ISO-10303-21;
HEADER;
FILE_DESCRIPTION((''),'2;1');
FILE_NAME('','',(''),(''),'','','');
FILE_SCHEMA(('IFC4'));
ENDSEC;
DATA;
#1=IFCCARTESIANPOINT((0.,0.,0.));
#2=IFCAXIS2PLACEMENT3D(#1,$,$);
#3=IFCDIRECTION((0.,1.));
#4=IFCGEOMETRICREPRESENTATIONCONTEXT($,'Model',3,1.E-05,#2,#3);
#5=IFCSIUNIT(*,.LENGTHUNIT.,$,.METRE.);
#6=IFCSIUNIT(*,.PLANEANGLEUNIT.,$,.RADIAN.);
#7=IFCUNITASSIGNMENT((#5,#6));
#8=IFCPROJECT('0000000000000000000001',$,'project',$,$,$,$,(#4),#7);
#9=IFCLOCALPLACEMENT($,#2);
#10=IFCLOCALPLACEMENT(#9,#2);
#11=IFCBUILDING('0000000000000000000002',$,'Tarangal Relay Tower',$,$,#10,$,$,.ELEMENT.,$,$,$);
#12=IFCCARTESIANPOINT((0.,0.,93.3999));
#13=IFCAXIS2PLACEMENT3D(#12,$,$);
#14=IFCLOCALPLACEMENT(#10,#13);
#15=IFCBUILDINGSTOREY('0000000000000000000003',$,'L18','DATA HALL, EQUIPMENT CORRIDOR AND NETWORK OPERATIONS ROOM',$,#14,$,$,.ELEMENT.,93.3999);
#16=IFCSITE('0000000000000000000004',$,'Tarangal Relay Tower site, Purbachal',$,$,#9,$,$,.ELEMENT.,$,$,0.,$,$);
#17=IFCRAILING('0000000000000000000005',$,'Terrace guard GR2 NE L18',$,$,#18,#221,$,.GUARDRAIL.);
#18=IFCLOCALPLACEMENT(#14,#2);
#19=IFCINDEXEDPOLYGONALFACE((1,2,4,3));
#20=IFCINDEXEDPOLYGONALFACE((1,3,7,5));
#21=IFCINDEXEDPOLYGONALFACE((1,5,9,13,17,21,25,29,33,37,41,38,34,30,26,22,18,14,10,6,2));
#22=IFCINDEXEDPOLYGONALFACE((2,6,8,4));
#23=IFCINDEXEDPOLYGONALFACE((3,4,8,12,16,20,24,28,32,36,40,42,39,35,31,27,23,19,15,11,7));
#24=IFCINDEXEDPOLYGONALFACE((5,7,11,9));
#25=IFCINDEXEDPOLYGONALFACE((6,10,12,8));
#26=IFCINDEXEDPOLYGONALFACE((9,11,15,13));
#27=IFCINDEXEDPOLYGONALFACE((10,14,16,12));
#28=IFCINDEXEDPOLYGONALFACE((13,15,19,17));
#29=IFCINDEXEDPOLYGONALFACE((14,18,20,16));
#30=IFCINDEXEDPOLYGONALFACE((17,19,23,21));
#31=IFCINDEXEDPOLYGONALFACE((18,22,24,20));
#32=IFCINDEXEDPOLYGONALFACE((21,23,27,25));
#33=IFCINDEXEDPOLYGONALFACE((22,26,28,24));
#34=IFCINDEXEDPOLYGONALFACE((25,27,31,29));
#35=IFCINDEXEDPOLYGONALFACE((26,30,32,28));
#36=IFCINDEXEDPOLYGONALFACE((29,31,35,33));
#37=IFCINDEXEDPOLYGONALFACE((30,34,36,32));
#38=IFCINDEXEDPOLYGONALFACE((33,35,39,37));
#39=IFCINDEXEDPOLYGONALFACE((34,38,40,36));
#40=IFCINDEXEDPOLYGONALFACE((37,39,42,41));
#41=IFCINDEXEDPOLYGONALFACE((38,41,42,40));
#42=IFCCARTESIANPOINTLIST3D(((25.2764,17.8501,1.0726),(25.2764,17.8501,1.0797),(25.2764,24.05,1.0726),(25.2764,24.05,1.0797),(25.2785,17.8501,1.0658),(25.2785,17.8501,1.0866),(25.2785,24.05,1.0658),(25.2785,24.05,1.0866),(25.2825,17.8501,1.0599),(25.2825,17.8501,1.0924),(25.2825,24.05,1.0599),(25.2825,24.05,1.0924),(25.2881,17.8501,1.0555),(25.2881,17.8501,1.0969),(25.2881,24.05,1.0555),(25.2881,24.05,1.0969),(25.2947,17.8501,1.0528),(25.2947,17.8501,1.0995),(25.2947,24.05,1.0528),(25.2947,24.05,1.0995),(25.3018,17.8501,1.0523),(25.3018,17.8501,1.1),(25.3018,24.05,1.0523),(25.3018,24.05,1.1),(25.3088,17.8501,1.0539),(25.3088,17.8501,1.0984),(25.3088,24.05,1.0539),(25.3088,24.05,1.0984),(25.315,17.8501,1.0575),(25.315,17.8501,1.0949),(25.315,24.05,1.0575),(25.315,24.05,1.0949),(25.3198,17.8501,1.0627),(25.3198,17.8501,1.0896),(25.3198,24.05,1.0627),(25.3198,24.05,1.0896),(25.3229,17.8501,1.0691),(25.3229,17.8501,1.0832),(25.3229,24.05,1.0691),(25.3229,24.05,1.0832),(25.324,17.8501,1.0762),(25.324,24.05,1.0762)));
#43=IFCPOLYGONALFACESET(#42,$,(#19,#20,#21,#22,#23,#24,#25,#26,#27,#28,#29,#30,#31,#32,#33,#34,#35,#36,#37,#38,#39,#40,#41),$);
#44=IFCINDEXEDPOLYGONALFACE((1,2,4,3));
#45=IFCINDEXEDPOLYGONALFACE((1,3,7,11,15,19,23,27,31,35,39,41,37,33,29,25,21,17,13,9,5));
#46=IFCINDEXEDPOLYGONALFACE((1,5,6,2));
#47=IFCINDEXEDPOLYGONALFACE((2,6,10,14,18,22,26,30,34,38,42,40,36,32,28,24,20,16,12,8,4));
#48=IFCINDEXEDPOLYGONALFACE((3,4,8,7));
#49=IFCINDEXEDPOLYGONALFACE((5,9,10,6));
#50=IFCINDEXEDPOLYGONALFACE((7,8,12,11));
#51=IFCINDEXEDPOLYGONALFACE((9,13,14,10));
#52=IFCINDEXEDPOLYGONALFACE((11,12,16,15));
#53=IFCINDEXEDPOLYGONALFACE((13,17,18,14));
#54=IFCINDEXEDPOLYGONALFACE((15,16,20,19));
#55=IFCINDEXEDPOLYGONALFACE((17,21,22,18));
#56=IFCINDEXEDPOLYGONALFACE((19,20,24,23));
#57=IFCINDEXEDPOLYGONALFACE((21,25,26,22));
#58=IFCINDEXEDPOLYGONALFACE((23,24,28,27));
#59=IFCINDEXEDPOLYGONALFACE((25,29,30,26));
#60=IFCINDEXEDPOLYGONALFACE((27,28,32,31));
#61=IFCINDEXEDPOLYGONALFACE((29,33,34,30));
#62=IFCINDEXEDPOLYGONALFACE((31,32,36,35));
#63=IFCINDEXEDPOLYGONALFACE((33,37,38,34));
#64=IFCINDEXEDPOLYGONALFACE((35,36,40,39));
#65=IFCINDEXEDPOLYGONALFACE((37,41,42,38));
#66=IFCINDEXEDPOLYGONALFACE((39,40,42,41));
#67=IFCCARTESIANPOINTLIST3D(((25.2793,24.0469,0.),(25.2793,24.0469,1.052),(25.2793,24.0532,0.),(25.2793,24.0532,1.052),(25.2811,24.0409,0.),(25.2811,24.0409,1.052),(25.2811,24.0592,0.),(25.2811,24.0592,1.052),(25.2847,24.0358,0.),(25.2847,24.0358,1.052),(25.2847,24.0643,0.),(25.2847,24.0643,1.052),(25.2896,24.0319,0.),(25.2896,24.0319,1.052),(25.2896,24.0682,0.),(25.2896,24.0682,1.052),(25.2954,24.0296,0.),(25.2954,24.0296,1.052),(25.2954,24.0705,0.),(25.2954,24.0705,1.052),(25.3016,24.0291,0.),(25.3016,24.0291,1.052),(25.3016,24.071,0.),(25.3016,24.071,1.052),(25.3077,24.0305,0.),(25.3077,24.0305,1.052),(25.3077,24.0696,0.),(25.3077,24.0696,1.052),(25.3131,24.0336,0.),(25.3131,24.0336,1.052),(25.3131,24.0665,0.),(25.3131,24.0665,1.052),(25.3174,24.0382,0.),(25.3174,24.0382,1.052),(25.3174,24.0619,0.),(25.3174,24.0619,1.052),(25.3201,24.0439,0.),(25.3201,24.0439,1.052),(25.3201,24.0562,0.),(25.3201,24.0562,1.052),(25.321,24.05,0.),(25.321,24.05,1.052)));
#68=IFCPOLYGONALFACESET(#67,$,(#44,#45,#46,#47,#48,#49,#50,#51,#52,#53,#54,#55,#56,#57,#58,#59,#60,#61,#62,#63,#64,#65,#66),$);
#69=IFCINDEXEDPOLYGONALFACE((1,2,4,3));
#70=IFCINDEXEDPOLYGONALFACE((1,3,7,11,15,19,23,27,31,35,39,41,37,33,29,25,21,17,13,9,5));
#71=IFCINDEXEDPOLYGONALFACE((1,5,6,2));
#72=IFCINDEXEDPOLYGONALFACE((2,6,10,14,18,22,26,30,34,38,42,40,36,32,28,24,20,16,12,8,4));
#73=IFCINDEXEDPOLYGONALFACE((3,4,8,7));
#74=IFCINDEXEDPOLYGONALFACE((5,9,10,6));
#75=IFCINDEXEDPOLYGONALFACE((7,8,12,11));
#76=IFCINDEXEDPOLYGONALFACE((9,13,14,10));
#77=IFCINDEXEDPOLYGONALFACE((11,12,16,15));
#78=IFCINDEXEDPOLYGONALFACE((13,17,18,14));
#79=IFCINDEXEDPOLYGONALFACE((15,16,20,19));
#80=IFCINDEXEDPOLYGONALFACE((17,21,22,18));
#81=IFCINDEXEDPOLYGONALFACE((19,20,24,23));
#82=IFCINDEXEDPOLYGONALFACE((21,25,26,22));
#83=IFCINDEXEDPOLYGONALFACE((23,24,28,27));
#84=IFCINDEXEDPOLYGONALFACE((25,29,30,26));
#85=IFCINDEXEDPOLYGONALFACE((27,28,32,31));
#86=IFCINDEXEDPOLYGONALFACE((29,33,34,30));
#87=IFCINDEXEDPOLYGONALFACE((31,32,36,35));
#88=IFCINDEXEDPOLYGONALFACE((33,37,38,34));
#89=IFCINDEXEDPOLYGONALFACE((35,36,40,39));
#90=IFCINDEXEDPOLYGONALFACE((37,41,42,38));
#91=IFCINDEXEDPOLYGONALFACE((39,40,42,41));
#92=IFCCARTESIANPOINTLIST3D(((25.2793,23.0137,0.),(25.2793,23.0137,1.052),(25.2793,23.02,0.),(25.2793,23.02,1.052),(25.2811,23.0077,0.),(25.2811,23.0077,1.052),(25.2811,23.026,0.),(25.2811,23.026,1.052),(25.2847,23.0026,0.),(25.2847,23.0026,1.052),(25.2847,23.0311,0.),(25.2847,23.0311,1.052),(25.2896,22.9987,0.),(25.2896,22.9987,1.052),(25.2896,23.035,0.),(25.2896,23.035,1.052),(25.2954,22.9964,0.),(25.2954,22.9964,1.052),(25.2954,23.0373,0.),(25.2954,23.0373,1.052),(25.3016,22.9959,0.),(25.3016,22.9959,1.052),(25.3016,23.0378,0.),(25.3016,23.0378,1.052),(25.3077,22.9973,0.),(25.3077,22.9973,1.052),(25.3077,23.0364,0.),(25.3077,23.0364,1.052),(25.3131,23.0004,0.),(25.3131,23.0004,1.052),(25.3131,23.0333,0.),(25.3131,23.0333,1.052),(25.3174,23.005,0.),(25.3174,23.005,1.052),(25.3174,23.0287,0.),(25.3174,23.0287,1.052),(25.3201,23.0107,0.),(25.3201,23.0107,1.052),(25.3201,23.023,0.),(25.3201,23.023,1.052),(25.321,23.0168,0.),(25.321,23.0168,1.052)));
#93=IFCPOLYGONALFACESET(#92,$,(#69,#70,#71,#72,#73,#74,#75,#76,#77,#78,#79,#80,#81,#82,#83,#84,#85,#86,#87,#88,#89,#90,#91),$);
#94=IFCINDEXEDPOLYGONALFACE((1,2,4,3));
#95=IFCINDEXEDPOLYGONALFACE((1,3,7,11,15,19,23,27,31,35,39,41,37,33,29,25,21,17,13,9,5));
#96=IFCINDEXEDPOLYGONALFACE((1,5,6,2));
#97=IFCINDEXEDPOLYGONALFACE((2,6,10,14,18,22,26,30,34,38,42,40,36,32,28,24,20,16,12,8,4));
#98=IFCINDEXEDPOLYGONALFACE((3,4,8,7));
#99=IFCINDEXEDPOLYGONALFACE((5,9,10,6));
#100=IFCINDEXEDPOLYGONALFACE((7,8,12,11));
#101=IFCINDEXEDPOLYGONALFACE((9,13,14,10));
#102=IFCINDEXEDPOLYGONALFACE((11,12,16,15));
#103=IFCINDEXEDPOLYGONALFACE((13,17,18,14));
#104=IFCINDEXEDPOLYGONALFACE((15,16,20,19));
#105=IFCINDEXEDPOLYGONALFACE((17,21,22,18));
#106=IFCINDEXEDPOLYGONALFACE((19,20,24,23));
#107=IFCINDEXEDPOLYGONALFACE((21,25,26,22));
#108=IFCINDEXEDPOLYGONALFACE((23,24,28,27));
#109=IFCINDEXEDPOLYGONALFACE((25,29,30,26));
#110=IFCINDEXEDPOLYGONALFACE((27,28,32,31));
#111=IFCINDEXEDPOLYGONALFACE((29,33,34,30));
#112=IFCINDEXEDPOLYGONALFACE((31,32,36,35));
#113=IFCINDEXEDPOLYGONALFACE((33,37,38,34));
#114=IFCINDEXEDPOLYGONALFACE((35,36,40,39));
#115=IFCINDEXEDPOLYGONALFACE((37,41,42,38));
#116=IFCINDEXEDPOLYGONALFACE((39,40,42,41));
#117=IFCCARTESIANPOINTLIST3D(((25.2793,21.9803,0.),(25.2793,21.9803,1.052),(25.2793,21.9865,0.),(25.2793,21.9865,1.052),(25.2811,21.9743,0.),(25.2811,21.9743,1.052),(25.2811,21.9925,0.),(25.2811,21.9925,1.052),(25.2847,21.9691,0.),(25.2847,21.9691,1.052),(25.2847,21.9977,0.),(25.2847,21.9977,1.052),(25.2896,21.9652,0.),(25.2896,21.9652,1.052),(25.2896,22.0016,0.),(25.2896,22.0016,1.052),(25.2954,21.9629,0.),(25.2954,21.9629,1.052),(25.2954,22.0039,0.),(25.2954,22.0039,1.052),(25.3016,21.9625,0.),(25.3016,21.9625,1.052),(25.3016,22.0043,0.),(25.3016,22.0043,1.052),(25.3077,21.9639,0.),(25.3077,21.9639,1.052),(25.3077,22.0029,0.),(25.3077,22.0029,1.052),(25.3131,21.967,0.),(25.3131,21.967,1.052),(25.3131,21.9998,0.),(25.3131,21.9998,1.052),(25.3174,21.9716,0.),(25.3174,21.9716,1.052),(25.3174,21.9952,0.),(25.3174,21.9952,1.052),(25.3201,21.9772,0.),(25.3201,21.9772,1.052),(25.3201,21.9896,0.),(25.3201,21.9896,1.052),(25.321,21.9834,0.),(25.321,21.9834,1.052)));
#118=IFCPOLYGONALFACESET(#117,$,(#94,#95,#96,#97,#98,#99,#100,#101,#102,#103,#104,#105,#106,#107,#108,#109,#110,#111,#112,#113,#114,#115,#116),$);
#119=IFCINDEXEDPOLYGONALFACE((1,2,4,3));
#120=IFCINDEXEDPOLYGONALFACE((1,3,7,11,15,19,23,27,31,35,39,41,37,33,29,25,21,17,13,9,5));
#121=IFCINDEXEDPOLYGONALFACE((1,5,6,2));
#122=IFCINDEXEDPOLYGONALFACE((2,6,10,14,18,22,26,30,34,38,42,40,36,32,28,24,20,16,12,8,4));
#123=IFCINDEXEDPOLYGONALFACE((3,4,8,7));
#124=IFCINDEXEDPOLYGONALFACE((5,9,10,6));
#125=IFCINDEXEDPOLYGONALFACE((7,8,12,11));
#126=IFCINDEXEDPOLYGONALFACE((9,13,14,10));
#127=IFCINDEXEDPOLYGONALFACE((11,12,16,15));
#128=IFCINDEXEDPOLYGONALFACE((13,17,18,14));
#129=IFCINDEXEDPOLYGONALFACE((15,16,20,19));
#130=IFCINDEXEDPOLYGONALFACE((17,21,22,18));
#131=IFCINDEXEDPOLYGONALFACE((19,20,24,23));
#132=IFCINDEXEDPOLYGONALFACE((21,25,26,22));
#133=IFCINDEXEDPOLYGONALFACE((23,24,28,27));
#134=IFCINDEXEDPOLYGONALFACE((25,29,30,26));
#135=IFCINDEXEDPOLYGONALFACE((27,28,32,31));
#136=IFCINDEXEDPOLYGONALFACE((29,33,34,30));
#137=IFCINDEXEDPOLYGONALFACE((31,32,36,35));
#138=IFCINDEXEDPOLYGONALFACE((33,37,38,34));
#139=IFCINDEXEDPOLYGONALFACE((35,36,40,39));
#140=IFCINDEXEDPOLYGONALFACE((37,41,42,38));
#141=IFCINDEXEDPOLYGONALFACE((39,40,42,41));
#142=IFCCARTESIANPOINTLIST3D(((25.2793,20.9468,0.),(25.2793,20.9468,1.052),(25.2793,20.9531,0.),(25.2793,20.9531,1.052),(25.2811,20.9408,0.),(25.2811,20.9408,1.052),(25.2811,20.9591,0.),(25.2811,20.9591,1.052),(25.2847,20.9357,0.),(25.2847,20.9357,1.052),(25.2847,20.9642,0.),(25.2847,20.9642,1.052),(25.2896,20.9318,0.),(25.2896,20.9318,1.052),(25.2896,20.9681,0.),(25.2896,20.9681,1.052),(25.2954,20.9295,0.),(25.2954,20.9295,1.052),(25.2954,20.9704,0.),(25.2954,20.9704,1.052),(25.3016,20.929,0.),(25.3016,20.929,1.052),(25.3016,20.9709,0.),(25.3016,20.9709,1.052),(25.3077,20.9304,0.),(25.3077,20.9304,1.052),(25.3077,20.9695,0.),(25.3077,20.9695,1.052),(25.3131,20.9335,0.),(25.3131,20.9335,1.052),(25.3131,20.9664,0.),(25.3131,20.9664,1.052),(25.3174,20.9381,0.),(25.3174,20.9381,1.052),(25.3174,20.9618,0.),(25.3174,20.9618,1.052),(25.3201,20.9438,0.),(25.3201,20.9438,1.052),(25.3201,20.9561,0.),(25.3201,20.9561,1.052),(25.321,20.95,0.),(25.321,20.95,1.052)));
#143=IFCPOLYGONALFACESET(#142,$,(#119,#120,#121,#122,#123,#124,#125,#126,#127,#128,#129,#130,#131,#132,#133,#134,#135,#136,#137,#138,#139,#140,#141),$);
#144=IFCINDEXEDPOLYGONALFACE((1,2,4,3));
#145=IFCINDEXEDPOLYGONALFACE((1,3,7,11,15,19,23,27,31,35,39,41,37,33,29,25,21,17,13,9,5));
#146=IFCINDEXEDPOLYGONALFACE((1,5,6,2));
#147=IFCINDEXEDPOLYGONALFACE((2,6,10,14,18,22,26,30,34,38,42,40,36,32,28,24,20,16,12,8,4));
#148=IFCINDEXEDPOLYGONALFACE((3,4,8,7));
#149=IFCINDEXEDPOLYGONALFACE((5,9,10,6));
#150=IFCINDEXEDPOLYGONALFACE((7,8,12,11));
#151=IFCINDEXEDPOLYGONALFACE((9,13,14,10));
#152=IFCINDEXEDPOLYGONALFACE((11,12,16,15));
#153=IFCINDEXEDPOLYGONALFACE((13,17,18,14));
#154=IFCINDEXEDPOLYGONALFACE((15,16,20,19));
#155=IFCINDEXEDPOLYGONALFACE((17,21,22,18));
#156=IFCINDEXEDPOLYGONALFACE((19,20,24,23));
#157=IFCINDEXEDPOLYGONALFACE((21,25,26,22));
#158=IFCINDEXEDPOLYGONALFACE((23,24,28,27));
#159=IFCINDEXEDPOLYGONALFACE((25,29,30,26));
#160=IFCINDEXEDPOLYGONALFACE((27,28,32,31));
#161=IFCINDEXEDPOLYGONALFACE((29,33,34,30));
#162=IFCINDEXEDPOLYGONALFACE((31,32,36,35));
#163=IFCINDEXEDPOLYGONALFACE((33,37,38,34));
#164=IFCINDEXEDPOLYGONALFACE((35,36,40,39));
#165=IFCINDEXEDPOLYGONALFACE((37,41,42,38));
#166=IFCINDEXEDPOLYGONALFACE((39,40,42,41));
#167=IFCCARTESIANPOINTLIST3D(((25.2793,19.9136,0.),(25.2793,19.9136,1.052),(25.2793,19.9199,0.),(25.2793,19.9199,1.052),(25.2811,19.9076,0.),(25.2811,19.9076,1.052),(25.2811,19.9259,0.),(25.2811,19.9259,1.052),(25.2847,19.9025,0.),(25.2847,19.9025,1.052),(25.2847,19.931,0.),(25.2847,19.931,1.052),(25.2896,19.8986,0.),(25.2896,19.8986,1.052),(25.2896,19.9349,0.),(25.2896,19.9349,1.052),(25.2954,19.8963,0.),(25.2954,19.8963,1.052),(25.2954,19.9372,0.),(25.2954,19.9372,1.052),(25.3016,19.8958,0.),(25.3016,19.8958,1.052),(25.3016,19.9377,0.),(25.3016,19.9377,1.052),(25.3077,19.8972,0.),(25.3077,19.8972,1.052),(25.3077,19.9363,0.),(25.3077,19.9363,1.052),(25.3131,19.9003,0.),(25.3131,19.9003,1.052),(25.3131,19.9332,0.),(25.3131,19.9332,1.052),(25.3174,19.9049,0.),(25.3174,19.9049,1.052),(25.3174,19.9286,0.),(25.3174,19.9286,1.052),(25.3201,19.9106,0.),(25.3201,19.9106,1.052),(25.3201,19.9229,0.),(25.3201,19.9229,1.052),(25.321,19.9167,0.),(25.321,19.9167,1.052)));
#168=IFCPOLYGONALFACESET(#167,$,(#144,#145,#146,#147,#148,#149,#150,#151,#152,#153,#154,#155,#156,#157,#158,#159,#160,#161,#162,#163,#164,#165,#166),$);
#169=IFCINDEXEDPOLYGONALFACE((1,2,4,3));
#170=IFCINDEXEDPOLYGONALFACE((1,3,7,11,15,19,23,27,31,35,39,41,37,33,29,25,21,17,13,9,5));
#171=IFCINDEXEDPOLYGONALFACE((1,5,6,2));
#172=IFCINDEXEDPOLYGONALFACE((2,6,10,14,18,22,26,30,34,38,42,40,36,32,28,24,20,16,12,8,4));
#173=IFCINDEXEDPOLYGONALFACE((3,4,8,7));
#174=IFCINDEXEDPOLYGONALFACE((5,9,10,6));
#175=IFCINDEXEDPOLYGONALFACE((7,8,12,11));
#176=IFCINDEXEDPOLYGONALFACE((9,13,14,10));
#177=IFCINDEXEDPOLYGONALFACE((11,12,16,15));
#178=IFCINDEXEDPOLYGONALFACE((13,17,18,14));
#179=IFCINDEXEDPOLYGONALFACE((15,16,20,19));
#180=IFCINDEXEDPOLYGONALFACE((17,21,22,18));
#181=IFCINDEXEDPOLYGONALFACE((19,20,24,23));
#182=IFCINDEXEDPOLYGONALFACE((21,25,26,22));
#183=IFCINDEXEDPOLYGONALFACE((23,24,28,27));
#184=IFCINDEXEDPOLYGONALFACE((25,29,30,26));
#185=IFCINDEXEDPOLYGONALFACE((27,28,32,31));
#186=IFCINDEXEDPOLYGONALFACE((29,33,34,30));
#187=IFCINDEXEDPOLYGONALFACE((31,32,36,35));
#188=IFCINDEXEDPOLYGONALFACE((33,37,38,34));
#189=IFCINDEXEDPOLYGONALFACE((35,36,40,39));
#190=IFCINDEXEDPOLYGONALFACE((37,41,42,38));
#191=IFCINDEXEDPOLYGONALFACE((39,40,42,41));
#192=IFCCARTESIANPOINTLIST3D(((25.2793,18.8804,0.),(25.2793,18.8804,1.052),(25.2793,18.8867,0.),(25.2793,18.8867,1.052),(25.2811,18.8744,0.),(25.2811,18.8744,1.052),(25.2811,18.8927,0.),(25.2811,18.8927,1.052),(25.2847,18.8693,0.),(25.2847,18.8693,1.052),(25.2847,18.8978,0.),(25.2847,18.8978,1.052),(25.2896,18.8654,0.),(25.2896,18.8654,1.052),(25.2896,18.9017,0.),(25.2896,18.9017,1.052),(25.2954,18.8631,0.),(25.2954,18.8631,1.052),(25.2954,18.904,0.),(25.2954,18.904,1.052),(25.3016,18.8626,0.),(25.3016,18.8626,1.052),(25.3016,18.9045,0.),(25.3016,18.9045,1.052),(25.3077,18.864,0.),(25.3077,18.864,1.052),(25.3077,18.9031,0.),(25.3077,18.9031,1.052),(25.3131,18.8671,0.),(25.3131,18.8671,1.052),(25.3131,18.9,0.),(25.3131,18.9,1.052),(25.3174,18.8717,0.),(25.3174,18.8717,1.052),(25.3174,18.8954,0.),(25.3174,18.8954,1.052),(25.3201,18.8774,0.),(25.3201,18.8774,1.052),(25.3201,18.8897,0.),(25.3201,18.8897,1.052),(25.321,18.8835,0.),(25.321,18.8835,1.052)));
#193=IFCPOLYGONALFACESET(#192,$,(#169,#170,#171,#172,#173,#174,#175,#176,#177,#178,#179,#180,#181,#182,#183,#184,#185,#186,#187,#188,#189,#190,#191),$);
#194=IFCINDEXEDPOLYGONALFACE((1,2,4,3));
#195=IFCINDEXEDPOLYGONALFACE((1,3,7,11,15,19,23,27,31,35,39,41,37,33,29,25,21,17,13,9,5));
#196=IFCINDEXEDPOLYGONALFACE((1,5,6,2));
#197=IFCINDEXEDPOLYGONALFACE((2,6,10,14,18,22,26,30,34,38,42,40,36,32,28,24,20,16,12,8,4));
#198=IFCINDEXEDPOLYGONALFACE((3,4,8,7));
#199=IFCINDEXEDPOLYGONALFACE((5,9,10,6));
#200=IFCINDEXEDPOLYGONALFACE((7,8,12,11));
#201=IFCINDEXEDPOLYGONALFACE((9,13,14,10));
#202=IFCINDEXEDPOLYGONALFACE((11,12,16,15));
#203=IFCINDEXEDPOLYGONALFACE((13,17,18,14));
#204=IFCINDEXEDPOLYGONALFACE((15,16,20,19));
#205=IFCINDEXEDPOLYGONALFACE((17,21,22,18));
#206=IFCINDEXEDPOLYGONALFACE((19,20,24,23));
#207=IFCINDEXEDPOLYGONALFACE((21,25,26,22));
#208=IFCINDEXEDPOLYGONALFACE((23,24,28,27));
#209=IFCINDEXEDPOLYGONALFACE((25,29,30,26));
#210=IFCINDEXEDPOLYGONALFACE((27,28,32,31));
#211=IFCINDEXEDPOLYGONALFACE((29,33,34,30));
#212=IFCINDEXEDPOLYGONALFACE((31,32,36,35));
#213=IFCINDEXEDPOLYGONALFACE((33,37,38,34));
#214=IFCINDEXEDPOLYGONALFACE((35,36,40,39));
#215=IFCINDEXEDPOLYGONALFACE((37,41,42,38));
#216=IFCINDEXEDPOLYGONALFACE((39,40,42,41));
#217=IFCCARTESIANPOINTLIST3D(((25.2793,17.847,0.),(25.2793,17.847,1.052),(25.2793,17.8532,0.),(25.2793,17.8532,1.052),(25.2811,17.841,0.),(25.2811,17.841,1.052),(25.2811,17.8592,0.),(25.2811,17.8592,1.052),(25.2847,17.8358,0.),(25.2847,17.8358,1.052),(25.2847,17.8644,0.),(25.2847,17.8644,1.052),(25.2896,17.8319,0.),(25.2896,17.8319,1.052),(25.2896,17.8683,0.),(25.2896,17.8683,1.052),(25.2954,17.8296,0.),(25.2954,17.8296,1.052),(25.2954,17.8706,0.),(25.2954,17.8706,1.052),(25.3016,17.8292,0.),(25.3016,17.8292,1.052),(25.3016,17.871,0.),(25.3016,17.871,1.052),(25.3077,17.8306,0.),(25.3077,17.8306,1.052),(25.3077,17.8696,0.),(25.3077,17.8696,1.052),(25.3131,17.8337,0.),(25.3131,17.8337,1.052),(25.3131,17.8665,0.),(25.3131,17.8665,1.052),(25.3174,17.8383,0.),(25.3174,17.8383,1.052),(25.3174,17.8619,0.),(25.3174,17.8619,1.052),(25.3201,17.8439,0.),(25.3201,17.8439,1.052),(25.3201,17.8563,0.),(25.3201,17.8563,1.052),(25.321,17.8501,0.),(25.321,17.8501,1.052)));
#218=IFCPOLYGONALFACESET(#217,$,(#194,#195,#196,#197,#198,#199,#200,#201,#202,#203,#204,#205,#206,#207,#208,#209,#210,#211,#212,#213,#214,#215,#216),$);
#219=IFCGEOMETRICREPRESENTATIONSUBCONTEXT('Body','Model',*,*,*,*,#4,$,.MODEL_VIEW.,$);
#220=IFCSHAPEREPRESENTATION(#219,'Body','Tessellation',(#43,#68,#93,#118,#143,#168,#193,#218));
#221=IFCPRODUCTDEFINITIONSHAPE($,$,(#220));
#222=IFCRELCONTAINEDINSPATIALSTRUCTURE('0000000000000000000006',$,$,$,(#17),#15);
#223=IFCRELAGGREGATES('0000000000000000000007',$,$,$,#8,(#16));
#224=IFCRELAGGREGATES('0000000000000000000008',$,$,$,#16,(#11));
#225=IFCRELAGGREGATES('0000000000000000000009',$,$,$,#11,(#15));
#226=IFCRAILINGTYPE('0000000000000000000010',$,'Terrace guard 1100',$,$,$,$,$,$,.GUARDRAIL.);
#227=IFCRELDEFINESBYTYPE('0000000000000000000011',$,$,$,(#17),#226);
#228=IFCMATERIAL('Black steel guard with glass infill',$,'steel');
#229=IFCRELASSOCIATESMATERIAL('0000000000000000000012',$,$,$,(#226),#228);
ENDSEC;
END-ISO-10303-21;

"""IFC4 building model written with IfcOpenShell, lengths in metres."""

from ifc_helpers import new_model, si_unit, direction, frame, origin, origin_2d, place, context, subcontext, project, spatial, circle, extrude, material, type_object, element, save


model = new_model("IFC4")

# Units and contexts
model_context = context("Model", 3, precision=1e-05, world=origin(), true_north=direction((0.0, 1.0)))
body_context = subcontext(model_context, "Body", "Model", "MODEL_VIEW")
ifc_project = project(units=[si_unit("LENGTHUNIT", "METRE"), si_unit("PLANEANGLEUNIT", "RADIAN")], contexts=[model_context])

# Site, building, storey
site_placement = place(None, origin())
site = spatial("IfcSite", under=ifc_project, at=site_placement, Name="Tarangal Relay Tower site, Purbachal", CompositionType="ELEMENT", RefElevation=0.0)
building_placement = place(site_placement, origin())
building = spatial("IfcBuilding", under=site, at=building_placement, Name="Tarangal Relay Tower", CompositionType="ELEMENT")
storey_placement = place(building_placement, frame((0.0, 0.0, 93.3999)))
storey = spatial("IfcBuildingStorey", under=building, at=storey_placement, Name="L18", Description="DATA HALL, EQUIPMENT CORRIDOR AND NETWORK OPERATIONS ROOM", CompositionType="ELEMENT", Elevation=93.3999)

# Railing
ifc_material_1 = material(Name="Black steel guard with glass infill", Category="steel")
railing_type_1 = type_object("IfcRailingType", Name="Terrace guard 1100", PredefinedType="GUARDRAIL", material=ifc_material_1)
railing_1_placement = place(storey_placement, frame((25.3, 24.05, 0.0)))
element("IfcRailing", 1, at=railing_1_placement, inside=storey, type_object=railing_type_1, Name="Terrace guard GR2 NE L18", PredefinedType="GUARDRAIL", context=body_context, shape_type="SweptSolid", body=[
    extrude(circle(Radius=0.0239, at=origin_2d()), frame((0.0, 0.0, 1.0762), z_axis=(0.0, -1.0, 0.0), x_axis=(1.0, 0.0, 0.0)), (0.0, 0.0, 1.0), 6.2),
    extrude(circle(Radius=0.021, at=origin_2d()), origin(), (0.0, 0.0, 1.0), 1.052),
    extrude(circle(Radius=0.021, at=origin_2d()), frame((0.0, -1.0332, 0.0)), (0.0, 0.0, 1.0), 1.052),
    extrude(circle(Radius=0.021, at=origin_2d()), frame((0.0, -2.0667, 0.0)), (0.0, 0.0, 1.0), 1.052),
    extrude(circle(Radius=0.021, at=origin_2d()), frame((0.0, -3.1001, 0.0)), (0.0, 0.0, 1.0), 1.052),
    extrude(circle(Radius=0.021, at=origin_2d()), frame((0.0, -4.1333, 0.0)), (0.0, 0.0, 1.0), 1.052),
    extrude(circle(Radius=0.021, at=origin_2d()), frame((0.0, -5.1665, 0.0)), (0.0, 0.0, 1.0), 1.052),
    extrude(circle(Radius=0.021, at=origin_2d()), frame((0.0, -6.2, 0.0)), (0.0, 0.0, 1.0), 1.052),
])

save(model, "model.ifc")
